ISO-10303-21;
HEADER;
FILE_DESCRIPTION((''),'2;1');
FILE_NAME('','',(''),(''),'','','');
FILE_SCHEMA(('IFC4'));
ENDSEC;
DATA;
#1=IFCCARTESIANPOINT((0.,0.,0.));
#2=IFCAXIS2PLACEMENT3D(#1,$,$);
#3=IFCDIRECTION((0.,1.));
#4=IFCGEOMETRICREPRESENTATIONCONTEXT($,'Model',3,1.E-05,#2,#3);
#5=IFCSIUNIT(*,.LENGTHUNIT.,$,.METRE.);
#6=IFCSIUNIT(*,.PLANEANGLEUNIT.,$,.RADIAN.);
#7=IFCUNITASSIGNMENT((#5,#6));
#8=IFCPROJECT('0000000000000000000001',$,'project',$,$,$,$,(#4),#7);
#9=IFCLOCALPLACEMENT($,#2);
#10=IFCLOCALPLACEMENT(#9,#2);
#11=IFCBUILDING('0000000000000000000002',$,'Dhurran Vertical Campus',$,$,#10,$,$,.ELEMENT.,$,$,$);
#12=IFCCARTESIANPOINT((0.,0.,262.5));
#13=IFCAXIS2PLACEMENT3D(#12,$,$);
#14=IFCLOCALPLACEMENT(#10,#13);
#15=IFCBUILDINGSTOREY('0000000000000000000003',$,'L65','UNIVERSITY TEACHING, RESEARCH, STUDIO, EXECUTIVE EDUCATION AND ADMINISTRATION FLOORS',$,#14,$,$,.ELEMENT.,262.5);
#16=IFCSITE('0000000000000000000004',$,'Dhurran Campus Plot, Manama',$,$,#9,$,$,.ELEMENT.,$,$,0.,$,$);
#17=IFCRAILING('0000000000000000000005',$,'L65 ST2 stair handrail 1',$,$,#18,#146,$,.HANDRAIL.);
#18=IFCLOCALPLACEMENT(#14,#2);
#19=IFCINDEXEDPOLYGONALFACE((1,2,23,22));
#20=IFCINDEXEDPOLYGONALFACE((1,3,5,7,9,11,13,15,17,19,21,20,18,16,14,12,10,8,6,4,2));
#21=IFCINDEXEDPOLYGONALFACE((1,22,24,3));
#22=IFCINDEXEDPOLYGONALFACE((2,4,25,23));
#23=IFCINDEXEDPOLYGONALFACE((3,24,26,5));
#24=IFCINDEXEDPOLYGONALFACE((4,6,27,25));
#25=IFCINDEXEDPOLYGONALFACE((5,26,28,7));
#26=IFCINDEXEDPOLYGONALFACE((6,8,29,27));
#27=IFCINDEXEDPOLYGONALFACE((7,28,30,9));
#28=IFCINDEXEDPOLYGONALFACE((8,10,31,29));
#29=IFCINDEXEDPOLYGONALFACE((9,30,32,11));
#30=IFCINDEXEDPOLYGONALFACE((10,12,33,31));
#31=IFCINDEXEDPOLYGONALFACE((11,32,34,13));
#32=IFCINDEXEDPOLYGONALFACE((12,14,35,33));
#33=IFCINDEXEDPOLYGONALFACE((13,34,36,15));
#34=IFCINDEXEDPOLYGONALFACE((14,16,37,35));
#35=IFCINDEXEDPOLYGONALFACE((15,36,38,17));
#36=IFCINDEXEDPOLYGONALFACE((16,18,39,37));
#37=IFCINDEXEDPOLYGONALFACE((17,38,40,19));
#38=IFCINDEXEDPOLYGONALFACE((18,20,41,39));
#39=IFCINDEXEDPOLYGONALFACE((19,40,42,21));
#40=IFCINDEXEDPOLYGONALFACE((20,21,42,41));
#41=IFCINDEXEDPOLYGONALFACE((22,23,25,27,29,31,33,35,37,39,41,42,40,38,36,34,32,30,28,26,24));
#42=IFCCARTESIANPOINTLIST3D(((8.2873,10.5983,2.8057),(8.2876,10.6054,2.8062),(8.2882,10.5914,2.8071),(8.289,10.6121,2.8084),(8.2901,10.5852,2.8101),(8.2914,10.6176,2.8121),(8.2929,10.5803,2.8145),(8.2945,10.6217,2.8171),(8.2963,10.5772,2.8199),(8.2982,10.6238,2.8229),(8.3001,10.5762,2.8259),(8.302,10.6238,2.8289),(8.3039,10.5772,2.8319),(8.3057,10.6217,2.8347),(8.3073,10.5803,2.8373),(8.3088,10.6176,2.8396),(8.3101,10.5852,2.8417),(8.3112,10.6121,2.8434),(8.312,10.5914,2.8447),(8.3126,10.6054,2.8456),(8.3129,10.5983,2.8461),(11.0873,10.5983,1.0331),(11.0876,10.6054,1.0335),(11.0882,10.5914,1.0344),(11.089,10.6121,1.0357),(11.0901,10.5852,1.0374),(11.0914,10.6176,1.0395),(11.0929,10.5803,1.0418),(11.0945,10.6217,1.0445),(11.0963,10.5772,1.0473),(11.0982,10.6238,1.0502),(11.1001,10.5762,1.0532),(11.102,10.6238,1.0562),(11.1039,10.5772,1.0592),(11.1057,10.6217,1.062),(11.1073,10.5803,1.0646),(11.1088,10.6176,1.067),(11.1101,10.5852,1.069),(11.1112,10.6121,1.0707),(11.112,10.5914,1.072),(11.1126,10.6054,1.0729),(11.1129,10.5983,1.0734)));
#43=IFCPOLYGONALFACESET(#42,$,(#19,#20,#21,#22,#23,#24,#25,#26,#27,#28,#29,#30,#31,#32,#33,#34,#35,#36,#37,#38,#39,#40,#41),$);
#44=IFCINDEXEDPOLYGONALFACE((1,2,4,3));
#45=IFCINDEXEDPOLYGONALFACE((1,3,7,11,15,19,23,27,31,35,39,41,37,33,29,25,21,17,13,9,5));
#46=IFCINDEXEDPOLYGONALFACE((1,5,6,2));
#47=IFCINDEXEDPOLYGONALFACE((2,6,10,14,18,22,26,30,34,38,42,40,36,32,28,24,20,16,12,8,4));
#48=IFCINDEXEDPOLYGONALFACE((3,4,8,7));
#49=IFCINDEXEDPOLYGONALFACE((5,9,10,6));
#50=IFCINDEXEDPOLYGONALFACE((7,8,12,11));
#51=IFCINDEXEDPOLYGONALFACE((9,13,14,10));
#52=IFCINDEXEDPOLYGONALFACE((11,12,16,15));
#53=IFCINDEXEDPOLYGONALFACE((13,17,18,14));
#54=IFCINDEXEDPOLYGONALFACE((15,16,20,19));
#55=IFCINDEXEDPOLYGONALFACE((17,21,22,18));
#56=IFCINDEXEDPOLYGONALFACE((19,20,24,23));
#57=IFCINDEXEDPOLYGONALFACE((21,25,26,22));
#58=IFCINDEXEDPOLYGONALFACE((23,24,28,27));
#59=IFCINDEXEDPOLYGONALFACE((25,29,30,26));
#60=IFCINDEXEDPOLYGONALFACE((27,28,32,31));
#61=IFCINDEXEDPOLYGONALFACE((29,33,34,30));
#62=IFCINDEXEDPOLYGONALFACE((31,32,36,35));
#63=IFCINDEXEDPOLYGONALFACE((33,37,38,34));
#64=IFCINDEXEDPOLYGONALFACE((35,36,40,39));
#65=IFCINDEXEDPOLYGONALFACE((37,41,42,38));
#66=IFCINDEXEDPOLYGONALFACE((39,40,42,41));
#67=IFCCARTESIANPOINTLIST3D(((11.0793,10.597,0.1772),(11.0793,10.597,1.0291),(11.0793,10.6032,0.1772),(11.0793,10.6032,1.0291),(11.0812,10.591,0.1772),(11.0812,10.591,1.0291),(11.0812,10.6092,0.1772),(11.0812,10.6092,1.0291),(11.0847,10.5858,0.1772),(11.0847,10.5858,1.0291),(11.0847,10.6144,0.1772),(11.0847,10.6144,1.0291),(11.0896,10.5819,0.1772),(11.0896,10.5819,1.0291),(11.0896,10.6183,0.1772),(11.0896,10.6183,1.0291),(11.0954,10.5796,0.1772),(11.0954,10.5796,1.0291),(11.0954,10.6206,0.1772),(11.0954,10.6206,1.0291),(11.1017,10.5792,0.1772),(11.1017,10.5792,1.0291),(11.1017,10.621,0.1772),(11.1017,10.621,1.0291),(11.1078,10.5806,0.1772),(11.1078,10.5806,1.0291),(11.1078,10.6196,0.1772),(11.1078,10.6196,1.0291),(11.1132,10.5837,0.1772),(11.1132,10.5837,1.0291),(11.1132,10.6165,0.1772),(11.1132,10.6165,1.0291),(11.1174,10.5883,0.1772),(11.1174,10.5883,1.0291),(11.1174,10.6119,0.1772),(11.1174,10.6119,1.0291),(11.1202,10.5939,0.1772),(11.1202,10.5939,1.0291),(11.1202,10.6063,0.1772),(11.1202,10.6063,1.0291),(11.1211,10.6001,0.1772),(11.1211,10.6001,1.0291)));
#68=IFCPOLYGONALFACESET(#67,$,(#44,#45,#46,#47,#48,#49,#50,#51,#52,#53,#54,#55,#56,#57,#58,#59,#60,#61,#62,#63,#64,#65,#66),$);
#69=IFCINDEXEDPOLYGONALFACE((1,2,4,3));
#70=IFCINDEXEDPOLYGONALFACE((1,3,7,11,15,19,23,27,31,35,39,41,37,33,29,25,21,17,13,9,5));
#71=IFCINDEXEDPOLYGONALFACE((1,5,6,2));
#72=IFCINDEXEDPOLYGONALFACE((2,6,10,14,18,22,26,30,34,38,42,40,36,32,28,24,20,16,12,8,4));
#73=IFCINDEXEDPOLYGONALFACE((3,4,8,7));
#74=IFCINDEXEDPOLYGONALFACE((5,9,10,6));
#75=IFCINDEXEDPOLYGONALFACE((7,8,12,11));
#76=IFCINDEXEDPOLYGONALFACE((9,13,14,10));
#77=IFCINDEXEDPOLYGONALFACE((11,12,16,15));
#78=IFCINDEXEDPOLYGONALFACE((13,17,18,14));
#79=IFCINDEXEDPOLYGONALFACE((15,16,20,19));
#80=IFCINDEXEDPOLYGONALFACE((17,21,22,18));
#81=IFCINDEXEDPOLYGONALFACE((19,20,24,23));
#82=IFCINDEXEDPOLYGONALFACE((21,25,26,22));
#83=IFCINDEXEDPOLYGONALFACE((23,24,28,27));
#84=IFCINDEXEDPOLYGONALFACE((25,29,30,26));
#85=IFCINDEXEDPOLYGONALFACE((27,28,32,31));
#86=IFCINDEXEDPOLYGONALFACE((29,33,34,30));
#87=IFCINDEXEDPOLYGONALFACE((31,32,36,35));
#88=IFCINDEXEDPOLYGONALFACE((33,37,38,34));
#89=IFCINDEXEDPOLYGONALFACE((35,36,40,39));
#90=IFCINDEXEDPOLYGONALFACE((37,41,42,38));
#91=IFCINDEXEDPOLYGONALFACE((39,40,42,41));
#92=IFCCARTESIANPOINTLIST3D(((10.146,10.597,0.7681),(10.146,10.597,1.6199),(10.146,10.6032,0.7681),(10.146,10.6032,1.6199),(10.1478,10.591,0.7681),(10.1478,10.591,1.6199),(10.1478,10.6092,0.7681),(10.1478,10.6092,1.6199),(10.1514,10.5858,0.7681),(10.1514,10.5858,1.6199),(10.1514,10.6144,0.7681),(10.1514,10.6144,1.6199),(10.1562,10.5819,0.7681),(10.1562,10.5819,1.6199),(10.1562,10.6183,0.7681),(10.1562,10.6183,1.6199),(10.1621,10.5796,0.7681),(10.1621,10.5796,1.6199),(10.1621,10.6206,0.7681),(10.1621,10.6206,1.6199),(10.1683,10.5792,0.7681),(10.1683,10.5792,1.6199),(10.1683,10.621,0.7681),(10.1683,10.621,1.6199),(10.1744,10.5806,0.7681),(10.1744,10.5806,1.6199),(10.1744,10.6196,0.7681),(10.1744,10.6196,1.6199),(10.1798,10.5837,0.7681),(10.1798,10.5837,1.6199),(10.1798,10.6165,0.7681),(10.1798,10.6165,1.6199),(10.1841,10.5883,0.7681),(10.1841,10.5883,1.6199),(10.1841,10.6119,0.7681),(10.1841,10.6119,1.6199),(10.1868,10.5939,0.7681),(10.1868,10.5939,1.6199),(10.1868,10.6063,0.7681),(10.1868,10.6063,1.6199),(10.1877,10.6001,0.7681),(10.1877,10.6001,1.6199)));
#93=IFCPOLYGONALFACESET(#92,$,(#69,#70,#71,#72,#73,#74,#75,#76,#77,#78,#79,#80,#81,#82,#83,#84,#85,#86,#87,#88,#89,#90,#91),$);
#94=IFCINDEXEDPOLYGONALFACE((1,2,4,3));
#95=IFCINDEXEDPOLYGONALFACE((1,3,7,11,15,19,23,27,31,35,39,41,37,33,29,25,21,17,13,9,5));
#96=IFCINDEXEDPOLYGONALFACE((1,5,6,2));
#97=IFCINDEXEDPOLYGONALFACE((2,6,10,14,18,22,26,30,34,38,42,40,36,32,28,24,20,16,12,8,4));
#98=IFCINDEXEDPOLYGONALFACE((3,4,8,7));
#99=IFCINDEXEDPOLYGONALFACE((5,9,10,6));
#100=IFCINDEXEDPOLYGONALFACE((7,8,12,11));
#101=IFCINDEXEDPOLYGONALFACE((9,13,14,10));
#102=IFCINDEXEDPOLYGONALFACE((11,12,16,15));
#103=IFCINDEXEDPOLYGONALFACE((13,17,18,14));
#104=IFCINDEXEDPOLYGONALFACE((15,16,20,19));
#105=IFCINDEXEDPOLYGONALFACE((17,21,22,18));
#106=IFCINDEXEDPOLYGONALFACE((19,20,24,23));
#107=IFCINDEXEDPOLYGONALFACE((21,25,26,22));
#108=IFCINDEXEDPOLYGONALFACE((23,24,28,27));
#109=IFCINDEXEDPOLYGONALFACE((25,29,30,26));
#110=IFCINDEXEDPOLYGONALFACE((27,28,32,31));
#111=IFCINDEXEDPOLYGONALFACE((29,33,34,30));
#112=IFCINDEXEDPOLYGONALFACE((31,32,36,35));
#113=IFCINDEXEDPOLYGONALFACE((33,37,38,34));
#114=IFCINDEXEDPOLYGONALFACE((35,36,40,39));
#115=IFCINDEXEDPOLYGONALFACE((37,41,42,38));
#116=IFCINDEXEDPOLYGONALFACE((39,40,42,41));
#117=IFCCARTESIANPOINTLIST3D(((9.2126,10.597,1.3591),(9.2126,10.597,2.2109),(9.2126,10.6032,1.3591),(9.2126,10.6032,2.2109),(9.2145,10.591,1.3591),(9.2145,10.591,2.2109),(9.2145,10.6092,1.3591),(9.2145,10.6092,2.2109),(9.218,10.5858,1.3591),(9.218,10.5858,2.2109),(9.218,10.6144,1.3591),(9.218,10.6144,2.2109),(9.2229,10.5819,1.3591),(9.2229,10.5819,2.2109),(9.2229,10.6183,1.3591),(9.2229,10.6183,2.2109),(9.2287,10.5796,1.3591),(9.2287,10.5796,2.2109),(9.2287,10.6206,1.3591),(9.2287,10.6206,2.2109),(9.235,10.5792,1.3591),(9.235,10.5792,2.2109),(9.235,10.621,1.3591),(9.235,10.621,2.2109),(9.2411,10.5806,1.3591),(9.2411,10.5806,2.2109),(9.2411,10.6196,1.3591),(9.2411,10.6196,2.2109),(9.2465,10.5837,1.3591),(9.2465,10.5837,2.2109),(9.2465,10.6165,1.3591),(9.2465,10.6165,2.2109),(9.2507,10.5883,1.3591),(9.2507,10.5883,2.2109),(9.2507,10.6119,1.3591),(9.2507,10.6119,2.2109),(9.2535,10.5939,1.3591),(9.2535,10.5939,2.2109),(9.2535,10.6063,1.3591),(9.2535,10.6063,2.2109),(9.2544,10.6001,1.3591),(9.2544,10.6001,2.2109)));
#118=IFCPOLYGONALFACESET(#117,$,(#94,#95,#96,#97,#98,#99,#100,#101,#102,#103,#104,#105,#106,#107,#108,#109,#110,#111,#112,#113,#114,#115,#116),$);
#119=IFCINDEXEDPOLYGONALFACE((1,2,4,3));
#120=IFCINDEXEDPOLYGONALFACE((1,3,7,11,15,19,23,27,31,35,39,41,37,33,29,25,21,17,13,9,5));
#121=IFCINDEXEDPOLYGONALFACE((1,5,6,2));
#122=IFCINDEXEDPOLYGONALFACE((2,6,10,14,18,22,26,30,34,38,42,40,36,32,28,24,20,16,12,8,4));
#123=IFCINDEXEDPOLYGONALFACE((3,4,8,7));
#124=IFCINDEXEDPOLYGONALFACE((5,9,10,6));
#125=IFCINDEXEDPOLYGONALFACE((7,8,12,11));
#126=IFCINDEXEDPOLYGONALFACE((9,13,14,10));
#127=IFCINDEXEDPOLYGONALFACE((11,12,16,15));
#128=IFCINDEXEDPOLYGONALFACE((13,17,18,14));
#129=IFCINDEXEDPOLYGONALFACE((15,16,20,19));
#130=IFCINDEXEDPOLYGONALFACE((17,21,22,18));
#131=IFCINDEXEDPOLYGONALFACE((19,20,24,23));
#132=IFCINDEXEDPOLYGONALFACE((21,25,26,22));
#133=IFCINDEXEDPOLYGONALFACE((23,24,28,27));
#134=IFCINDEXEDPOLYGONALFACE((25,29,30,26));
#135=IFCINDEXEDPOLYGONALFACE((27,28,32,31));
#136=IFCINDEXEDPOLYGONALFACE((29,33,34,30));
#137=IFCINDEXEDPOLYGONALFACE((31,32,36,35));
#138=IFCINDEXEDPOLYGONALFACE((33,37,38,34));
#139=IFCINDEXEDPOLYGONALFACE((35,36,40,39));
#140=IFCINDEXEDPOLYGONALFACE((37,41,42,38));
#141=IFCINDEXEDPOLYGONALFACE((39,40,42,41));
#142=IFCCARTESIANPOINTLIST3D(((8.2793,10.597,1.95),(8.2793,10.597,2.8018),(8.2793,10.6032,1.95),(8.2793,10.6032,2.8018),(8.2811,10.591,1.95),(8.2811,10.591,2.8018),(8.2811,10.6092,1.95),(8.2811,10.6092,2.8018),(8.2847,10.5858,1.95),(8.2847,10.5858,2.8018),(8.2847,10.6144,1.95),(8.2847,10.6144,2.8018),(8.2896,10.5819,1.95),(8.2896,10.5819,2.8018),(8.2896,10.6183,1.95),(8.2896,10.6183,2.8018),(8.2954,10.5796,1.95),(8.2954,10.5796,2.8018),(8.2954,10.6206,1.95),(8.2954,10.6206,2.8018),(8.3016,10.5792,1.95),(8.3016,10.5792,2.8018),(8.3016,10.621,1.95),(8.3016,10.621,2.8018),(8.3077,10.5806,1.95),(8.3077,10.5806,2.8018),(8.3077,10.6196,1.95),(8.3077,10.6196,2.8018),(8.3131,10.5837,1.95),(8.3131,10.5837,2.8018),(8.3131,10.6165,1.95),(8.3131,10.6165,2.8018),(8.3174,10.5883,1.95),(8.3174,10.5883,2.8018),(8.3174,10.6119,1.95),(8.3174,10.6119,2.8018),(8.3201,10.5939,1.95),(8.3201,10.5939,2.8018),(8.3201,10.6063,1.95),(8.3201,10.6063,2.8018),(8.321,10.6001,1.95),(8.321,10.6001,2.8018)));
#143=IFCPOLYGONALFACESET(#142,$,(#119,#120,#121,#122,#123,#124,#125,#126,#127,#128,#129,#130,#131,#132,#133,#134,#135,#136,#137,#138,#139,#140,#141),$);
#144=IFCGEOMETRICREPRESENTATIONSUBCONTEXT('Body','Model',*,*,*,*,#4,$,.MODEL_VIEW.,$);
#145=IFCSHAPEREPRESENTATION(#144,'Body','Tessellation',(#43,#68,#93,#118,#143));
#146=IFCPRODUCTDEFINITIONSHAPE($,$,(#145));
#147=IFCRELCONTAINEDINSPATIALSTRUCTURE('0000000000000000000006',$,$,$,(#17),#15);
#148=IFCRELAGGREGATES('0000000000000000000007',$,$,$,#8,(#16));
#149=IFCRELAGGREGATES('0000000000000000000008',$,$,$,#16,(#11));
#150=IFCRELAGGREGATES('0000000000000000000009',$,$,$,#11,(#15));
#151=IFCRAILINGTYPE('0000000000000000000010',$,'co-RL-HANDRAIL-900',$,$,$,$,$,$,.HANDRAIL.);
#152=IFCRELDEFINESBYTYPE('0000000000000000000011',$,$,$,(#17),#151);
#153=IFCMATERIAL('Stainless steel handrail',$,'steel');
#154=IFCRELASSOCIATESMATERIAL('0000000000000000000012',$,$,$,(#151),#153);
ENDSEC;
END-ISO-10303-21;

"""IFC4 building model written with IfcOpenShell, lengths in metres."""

from ifc_helpers import new_model, si_unit, direction, frame, origin, origin_2d, place, context, subcontext, project, spatial, circle, extrude, material, type_object, element, save


model = new_model("IFC4")

# Units and contexts
model_context = context("Model", 3, precision=1e-05, world=origin(), true_north=direction((0.0, 1.0)))
body_context = subcontext(model_context, "Body", "Model", "MODEL_VIEW")
ifc_project = project(units=[si_unit("LENGTHUNIT", "METRE"), si_unit("PLANEANGLEUNIT", "RADIAN")], contexts=[model_context])

# Site, building, storey
site_placement = place(None, origin())
site = spatial("IfcSite", under=ifc_project, at=site_placement, Name="Dhurran Campus Plot, Manama", CompositionType="ELEMENT", RefElevation=0.0)
building_placement = place(site_placement, origin())
building = spatial("IfcBuilding", under=site, at=building_placement, Name="Dhurran Vertical Campus", CompositionType="ELEMENT")
storey_placement = place(building_placement, frame((0.0, 0.0, 262.5)))
storey = spatial("IfcBuildingStorey", under=building, at=storey_placement, Name="L65", Description="UNIVERSITY TEACHING, RESEARCH, STUDIO, EXECUTIVE EDUCATION AND ADMINISTRATION FLOORS", CompositionType="ELEMENT", Elevation=262.5)

# Railing
ifc_material_1 = material(Name="Stainless steel handrail", Category="steel")
railing_type_1 = type_object("IfcRailingType", Name="co-RL-HANDRAIL-900", PredefinedType="HANDRAIL", material=ifc_material_1)
railing_1_placement = place(storey_placement, frame((11.1001, 10.6001, 0.1772)))
element("IfcRailing", 1, at=railing_1_placement, inside=storey, type_object=railing_type_1, Name="L65 ST2 stair handrail 1", PredefinedType="HANDRAIL", context=body_context, shape_type="SweptSolid", body=[
    extrude(circle(Radius=0.0239, at=origin_2d()), frame((0.0, 0.0, 0.876), z_axis=(-0.844909, 0.0, 0.53491), x_axis=(0.0, -1.0, 0.0)), (0.0, 0.0, 1.0), 3.314),
    extrude(circle(Radius=0.021, at=origin_2d()), origin(), (0.0, 0.0, 1.0), 0.8518),
    extrude(circle(Radius=0.021, at=origin_2d()), frame((-0.9333, 0.0, 0.5908)), (0.0, 0.0, 1.0), 0.8518),
    extrude(circle(Radius=0.021, at=origin_2d()), frame((-1.8667, 0.0, 1.1819)), (0.0, 0.0, 1.0), 0.8518),
    extrude(circle(Radius=0.021, at=origin_2d()), frame((-2.8, 0.0, 1.7727)), (0.0, 0.0, 1.0), 0.8518),
])

save(model, "model.ifc")
